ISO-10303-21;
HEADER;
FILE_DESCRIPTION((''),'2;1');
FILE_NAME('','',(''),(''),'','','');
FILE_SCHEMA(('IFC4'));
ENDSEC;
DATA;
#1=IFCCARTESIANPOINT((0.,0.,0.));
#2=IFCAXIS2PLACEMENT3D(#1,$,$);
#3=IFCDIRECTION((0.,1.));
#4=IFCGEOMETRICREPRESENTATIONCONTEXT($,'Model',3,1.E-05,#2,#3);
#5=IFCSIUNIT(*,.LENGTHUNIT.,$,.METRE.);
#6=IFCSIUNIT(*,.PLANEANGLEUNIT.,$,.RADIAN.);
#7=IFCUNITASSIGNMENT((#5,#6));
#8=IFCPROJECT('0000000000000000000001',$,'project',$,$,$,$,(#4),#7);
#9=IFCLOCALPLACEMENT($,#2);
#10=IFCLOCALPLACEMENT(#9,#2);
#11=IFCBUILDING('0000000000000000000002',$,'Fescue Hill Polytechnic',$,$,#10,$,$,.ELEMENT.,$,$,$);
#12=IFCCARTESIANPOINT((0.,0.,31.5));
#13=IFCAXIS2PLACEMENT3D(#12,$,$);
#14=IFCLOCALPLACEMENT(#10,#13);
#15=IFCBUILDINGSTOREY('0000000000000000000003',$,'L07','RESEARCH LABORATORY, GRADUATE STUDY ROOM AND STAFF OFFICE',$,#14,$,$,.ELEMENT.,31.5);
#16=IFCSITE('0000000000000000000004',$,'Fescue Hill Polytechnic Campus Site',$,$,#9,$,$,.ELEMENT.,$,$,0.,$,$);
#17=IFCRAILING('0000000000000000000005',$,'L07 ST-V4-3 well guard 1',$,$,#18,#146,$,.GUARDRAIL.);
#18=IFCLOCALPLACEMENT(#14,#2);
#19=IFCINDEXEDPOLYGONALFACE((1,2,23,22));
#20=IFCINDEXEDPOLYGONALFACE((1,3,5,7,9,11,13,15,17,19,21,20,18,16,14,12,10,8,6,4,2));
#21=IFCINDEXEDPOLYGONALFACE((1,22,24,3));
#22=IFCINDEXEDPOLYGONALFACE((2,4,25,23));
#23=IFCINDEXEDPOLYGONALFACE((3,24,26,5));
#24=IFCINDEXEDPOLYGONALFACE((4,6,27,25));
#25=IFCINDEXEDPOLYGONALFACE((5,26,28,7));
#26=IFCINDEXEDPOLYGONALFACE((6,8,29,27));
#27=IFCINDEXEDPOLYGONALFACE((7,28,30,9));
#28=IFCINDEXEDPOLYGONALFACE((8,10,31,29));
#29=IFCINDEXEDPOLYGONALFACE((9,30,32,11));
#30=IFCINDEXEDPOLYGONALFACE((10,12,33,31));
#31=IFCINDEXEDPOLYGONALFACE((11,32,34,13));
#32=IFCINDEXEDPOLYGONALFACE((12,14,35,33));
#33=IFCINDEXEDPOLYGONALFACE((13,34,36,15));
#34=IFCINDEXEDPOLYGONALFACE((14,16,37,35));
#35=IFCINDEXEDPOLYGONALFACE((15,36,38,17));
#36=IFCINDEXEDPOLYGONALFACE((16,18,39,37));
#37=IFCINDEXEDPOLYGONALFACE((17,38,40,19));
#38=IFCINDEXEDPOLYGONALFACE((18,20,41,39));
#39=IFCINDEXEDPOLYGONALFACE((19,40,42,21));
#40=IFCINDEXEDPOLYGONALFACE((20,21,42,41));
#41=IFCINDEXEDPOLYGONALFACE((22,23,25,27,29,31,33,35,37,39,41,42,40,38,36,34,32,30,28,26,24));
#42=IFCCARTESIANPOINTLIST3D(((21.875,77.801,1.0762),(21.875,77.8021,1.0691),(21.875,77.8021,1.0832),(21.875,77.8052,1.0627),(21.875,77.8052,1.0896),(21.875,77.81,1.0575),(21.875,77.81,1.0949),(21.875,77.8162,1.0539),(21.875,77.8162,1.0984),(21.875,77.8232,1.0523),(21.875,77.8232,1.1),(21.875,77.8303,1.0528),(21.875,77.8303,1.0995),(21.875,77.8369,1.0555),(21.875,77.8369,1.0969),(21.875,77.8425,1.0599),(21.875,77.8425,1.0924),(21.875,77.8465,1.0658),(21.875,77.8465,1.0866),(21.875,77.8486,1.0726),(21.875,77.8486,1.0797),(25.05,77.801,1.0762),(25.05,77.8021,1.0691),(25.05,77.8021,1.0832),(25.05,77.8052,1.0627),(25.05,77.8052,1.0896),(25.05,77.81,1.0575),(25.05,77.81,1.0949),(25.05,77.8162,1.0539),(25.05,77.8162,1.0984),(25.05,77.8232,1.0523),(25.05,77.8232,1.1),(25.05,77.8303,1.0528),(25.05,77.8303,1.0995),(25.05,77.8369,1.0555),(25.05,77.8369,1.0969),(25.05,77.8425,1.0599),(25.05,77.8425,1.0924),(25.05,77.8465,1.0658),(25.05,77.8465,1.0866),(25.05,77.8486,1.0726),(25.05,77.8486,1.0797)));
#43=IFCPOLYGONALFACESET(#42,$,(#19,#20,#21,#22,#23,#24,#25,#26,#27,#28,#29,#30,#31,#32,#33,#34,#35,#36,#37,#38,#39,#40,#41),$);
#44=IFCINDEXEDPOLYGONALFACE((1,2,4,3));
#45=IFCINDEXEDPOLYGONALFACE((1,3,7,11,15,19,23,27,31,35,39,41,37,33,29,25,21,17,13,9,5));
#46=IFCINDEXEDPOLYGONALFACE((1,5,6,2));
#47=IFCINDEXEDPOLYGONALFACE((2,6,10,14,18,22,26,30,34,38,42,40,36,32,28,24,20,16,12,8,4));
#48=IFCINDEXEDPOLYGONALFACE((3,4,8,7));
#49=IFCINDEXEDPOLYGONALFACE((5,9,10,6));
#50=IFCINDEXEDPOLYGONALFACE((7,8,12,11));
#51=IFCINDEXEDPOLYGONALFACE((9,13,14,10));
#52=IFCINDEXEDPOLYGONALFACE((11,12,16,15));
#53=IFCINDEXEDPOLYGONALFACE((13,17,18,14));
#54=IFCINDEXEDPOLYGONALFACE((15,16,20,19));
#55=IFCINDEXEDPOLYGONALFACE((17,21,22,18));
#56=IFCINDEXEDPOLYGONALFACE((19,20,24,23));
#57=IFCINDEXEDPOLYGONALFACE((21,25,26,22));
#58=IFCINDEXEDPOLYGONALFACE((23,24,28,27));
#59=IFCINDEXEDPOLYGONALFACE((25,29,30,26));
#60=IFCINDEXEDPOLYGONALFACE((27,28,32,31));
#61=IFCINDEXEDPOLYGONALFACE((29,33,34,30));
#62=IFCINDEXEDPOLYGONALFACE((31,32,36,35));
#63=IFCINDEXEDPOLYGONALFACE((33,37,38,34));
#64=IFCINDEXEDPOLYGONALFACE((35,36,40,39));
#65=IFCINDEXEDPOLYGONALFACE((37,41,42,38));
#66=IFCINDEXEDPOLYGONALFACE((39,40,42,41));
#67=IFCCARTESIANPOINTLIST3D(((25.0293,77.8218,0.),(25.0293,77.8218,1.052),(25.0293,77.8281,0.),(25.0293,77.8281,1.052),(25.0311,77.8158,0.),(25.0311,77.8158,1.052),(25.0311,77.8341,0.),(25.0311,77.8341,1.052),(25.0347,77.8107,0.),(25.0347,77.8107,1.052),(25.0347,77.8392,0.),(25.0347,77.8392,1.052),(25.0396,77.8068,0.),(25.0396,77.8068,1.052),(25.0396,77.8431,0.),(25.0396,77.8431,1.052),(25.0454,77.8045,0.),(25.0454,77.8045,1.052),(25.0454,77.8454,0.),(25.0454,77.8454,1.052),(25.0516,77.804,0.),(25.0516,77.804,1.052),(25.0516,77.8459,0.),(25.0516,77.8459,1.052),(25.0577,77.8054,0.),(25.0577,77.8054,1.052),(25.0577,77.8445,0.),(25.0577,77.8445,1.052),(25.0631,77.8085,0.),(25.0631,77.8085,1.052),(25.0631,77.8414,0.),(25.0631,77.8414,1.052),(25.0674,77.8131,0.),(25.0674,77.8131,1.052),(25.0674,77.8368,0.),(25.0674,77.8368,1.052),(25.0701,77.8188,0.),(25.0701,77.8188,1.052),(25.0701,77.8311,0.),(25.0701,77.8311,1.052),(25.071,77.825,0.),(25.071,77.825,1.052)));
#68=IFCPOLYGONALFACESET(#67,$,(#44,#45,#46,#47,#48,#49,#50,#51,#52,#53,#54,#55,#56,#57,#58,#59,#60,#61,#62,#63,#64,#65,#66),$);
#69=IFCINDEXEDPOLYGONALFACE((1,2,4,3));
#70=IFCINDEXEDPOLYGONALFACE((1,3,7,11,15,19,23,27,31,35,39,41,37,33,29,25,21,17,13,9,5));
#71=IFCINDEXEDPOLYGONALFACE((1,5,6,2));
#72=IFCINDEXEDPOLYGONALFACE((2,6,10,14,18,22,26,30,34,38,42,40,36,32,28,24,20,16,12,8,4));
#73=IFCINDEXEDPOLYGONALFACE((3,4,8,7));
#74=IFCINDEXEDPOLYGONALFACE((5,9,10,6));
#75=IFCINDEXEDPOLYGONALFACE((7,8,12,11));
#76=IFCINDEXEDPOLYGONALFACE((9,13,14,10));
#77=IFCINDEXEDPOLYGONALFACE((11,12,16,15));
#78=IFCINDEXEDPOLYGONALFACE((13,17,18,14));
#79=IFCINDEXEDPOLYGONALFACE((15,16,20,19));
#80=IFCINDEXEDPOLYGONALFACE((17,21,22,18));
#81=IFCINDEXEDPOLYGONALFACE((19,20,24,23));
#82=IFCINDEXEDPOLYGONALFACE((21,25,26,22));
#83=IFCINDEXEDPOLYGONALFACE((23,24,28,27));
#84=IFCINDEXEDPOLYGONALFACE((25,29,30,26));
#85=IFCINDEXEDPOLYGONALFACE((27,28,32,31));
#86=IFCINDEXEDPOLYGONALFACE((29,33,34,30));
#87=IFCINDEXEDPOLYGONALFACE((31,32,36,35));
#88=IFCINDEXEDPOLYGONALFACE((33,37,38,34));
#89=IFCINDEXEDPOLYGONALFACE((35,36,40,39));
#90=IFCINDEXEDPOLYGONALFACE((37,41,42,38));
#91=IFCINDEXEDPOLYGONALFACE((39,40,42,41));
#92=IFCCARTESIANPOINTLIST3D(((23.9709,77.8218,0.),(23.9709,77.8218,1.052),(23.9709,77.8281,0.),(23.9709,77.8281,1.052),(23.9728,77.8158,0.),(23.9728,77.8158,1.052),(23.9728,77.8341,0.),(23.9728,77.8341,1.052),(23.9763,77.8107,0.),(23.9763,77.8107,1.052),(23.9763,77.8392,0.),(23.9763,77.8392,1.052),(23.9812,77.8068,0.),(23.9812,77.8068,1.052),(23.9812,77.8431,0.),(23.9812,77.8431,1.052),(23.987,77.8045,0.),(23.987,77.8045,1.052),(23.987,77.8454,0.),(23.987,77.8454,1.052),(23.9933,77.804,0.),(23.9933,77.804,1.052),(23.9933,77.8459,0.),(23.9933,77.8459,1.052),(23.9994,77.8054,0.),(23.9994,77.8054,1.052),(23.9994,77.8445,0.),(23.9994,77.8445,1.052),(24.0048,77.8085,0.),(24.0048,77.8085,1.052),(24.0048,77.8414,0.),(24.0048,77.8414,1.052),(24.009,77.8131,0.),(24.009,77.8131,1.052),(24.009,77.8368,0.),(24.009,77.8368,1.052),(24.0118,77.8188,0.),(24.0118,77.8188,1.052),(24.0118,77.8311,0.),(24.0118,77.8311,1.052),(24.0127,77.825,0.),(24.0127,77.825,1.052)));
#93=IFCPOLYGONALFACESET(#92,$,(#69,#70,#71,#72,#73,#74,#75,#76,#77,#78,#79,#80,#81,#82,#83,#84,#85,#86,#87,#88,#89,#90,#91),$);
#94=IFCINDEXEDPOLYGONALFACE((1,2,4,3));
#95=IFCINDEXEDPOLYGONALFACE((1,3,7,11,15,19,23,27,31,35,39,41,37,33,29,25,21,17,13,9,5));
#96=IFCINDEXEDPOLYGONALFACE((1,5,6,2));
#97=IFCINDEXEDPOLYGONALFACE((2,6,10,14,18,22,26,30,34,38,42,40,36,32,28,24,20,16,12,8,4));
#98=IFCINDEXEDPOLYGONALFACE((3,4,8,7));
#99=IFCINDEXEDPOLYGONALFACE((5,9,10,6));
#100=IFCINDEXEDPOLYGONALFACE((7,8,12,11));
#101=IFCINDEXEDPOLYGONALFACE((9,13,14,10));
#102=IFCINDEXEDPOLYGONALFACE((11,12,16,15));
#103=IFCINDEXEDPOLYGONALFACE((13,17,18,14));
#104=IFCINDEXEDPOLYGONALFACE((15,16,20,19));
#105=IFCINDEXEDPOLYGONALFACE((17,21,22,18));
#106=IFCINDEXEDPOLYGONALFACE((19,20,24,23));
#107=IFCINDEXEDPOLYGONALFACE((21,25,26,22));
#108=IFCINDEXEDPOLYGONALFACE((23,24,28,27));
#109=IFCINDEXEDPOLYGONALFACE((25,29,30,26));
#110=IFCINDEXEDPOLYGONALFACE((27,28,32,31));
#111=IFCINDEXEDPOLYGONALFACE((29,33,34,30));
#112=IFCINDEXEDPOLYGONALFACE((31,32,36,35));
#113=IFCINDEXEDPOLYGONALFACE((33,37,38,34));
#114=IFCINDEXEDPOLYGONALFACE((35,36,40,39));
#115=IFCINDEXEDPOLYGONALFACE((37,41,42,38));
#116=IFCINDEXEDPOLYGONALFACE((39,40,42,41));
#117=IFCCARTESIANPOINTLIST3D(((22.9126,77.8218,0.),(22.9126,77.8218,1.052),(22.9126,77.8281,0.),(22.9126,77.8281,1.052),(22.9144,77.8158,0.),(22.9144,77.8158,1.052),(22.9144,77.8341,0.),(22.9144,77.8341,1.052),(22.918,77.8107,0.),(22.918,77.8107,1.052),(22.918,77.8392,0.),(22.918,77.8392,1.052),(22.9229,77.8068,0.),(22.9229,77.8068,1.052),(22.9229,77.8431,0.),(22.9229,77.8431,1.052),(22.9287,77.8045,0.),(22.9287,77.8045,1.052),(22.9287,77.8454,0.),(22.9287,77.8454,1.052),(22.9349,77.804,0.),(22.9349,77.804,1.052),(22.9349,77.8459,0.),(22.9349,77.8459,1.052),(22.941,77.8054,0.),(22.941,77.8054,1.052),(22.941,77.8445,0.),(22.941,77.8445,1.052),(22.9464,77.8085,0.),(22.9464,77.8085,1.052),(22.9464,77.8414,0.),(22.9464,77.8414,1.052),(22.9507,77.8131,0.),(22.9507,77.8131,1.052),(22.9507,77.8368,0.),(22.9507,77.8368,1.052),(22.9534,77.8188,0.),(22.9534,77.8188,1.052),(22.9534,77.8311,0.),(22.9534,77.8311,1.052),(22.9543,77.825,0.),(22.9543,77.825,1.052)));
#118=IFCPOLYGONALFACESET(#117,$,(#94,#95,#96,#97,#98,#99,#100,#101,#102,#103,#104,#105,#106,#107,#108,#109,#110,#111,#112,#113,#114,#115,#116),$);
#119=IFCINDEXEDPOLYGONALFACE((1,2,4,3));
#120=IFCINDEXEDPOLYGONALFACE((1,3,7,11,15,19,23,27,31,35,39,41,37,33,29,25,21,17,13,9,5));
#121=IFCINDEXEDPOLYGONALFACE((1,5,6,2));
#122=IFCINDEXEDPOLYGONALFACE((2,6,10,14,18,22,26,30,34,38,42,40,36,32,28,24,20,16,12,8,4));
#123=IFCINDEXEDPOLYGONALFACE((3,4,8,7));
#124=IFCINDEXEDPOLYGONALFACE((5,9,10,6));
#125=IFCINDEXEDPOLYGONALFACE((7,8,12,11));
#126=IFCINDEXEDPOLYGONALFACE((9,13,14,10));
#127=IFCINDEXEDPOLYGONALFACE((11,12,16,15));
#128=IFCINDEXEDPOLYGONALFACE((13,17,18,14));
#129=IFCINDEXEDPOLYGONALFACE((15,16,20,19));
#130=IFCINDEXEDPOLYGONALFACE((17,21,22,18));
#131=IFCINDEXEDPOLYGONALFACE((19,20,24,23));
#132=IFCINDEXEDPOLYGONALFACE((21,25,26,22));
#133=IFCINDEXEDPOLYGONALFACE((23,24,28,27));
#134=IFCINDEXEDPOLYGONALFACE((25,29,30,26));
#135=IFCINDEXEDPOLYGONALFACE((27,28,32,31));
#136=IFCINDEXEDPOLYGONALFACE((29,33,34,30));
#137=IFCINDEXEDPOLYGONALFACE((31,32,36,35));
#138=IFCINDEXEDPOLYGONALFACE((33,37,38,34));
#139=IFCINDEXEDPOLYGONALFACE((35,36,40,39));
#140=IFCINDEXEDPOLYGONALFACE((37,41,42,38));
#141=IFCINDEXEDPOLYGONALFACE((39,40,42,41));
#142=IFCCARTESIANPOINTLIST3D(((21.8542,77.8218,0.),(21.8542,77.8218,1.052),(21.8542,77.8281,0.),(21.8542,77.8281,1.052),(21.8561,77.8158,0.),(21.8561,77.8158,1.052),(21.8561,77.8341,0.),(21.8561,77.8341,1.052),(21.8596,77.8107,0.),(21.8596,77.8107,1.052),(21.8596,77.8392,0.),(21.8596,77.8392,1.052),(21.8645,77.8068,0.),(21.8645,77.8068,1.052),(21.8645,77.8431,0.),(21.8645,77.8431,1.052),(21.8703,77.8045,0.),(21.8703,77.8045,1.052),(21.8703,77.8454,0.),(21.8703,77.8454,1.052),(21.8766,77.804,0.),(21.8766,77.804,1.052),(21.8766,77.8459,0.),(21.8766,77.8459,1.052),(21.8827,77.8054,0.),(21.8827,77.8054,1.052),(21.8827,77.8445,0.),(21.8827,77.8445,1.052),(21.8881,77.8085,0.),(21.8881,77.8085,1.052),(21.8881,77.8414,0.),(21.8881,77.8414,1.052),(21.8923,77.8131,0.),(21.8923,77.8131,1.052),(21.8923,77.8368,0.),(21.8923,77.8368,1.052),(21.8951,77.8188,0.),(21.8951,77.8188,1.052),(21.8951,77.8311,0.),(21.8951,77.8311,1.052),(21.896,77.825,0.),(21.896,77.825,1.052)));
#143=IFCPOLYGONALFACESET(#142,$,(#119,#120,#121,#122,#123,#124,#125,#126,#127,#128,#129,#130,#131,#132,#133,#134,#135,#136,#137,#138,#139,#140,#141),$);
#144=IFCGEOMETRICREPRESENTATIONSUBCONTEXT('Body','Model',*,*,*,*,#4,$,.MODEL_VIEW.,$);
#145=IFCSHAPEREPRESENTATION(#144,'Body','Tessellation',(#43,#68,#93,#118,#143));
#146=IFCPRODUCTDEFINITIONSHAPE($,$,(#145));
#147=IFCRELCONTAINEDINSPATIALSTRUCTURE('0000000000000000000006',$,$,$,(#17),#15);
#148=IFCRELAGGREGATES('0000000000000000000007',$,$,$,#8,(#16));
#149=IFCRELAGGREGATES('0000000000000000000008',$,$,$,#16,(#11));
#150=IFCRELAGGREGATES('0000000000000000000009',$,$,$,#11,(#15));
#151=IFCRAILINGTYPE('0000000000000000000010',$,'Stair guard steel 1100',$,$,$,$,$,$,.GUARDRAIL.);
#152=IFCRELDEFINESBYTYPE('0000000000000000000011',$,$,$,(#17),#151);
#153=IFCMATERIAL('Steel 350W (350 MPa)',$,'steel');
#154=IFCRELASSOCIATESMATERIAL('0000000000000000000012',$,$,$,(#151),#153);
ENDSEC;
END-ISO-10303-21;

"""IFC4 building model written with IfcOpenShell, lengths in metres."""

from ifc_helpers import new_model, si_unit, direction, frame, origin, origin_2d, place, context, subcontext, project, spatial, circle, extrude, material, type_object, element, save


model = new_model("IFC4")

# Units and contexts
model_context = context("Model", 3, precision=1e-05, world=origin(), true_north=direction((0.0, 1.0)))
body_context = subcontext(model_context, "Body", "Model", "MODEL_VIEW")
ifc_project = project(units=[si_unit("LENGTHUNIT", "METRE"), si_unit("PLANEANGLEUNIT", "RADIAN")], contexts=[model_context])

# Site, building, storey
site_placement = place(None, origin())
site = spatial("IfcSite", under=ifc_project, at=site_placement, Name="Fescue Hill Polytechnic Campus Site", CompositionType="ELEMENT", RefElevation=0.0)
building_placement = place(site_placement, origin())
building = spatial("IfcBuilding", under=site, at=building_placement, Name="Fescue Hill Polytechnic", CompositionType="ELEMENT")
storey_placement = place(building_placement, frame((0.0, 0.0, 31.5)))
storey = spatial("IfcBuildingStorey", under=building, at=storey_placement, Name="L07", Description="RESEARCH LABORATORY, GRADUATE STUDY ROOM AND STAFF OFFICE", CompositionType="ELEMENT", Elevation=31.5)

# Railing
ifc_material_1 = material(Name="Steel 350W (350 MPa)", Category="steel")
railing_type = type_object("IfcRailingType", Name="Stair guard steel 1100", PredefinedType="GUARDRAIL", material=ifc_material_1)
railing_placement = place(storey_placement, frame((25.05, 77.825, 0.0)))
element("IfcRailing", 1, at=railing_placement, inside=storey, type_object=railing_type, Name="L07 ST-V4-3 well guard 1", PredefinedType="GUARDRAIL", context=body_context, shape_type="SweptSolid", body=[
    extrude(circle(Radius=0.0239, at=origin_2d()), frame((0.0, 0.0, 1.0762), z_axis=(-1.0, 0.0, 0.0), x_axis=(0.0, -1.0, 0.0)), (0.0, 0.0, 1.0), 3.175),
    extrude(circle(Radius=0.021, at=origin_2d()), origin(), (0.0, 0.0, 1.0), 1.052),
    extrude(circle(Radius=0.021, at=origin_2d()), frame((-1.0583, 0.0, 0.0)), (0.0, 0.0, 1.0), 1.052),
    extrude(circle(Radius=0.021, at=origin_2d()), frame((-2.1167, 0.0, 0.0)), (0.0, 0.0, 1.0), 1.052),
    extrude(circle(Radius=0.021, at=origin_2d()), frame((-3.175, 0.0, 0.0)), (0.0, 0.0, 1.0), 1.052),
])

save(model, "model.ifc")
